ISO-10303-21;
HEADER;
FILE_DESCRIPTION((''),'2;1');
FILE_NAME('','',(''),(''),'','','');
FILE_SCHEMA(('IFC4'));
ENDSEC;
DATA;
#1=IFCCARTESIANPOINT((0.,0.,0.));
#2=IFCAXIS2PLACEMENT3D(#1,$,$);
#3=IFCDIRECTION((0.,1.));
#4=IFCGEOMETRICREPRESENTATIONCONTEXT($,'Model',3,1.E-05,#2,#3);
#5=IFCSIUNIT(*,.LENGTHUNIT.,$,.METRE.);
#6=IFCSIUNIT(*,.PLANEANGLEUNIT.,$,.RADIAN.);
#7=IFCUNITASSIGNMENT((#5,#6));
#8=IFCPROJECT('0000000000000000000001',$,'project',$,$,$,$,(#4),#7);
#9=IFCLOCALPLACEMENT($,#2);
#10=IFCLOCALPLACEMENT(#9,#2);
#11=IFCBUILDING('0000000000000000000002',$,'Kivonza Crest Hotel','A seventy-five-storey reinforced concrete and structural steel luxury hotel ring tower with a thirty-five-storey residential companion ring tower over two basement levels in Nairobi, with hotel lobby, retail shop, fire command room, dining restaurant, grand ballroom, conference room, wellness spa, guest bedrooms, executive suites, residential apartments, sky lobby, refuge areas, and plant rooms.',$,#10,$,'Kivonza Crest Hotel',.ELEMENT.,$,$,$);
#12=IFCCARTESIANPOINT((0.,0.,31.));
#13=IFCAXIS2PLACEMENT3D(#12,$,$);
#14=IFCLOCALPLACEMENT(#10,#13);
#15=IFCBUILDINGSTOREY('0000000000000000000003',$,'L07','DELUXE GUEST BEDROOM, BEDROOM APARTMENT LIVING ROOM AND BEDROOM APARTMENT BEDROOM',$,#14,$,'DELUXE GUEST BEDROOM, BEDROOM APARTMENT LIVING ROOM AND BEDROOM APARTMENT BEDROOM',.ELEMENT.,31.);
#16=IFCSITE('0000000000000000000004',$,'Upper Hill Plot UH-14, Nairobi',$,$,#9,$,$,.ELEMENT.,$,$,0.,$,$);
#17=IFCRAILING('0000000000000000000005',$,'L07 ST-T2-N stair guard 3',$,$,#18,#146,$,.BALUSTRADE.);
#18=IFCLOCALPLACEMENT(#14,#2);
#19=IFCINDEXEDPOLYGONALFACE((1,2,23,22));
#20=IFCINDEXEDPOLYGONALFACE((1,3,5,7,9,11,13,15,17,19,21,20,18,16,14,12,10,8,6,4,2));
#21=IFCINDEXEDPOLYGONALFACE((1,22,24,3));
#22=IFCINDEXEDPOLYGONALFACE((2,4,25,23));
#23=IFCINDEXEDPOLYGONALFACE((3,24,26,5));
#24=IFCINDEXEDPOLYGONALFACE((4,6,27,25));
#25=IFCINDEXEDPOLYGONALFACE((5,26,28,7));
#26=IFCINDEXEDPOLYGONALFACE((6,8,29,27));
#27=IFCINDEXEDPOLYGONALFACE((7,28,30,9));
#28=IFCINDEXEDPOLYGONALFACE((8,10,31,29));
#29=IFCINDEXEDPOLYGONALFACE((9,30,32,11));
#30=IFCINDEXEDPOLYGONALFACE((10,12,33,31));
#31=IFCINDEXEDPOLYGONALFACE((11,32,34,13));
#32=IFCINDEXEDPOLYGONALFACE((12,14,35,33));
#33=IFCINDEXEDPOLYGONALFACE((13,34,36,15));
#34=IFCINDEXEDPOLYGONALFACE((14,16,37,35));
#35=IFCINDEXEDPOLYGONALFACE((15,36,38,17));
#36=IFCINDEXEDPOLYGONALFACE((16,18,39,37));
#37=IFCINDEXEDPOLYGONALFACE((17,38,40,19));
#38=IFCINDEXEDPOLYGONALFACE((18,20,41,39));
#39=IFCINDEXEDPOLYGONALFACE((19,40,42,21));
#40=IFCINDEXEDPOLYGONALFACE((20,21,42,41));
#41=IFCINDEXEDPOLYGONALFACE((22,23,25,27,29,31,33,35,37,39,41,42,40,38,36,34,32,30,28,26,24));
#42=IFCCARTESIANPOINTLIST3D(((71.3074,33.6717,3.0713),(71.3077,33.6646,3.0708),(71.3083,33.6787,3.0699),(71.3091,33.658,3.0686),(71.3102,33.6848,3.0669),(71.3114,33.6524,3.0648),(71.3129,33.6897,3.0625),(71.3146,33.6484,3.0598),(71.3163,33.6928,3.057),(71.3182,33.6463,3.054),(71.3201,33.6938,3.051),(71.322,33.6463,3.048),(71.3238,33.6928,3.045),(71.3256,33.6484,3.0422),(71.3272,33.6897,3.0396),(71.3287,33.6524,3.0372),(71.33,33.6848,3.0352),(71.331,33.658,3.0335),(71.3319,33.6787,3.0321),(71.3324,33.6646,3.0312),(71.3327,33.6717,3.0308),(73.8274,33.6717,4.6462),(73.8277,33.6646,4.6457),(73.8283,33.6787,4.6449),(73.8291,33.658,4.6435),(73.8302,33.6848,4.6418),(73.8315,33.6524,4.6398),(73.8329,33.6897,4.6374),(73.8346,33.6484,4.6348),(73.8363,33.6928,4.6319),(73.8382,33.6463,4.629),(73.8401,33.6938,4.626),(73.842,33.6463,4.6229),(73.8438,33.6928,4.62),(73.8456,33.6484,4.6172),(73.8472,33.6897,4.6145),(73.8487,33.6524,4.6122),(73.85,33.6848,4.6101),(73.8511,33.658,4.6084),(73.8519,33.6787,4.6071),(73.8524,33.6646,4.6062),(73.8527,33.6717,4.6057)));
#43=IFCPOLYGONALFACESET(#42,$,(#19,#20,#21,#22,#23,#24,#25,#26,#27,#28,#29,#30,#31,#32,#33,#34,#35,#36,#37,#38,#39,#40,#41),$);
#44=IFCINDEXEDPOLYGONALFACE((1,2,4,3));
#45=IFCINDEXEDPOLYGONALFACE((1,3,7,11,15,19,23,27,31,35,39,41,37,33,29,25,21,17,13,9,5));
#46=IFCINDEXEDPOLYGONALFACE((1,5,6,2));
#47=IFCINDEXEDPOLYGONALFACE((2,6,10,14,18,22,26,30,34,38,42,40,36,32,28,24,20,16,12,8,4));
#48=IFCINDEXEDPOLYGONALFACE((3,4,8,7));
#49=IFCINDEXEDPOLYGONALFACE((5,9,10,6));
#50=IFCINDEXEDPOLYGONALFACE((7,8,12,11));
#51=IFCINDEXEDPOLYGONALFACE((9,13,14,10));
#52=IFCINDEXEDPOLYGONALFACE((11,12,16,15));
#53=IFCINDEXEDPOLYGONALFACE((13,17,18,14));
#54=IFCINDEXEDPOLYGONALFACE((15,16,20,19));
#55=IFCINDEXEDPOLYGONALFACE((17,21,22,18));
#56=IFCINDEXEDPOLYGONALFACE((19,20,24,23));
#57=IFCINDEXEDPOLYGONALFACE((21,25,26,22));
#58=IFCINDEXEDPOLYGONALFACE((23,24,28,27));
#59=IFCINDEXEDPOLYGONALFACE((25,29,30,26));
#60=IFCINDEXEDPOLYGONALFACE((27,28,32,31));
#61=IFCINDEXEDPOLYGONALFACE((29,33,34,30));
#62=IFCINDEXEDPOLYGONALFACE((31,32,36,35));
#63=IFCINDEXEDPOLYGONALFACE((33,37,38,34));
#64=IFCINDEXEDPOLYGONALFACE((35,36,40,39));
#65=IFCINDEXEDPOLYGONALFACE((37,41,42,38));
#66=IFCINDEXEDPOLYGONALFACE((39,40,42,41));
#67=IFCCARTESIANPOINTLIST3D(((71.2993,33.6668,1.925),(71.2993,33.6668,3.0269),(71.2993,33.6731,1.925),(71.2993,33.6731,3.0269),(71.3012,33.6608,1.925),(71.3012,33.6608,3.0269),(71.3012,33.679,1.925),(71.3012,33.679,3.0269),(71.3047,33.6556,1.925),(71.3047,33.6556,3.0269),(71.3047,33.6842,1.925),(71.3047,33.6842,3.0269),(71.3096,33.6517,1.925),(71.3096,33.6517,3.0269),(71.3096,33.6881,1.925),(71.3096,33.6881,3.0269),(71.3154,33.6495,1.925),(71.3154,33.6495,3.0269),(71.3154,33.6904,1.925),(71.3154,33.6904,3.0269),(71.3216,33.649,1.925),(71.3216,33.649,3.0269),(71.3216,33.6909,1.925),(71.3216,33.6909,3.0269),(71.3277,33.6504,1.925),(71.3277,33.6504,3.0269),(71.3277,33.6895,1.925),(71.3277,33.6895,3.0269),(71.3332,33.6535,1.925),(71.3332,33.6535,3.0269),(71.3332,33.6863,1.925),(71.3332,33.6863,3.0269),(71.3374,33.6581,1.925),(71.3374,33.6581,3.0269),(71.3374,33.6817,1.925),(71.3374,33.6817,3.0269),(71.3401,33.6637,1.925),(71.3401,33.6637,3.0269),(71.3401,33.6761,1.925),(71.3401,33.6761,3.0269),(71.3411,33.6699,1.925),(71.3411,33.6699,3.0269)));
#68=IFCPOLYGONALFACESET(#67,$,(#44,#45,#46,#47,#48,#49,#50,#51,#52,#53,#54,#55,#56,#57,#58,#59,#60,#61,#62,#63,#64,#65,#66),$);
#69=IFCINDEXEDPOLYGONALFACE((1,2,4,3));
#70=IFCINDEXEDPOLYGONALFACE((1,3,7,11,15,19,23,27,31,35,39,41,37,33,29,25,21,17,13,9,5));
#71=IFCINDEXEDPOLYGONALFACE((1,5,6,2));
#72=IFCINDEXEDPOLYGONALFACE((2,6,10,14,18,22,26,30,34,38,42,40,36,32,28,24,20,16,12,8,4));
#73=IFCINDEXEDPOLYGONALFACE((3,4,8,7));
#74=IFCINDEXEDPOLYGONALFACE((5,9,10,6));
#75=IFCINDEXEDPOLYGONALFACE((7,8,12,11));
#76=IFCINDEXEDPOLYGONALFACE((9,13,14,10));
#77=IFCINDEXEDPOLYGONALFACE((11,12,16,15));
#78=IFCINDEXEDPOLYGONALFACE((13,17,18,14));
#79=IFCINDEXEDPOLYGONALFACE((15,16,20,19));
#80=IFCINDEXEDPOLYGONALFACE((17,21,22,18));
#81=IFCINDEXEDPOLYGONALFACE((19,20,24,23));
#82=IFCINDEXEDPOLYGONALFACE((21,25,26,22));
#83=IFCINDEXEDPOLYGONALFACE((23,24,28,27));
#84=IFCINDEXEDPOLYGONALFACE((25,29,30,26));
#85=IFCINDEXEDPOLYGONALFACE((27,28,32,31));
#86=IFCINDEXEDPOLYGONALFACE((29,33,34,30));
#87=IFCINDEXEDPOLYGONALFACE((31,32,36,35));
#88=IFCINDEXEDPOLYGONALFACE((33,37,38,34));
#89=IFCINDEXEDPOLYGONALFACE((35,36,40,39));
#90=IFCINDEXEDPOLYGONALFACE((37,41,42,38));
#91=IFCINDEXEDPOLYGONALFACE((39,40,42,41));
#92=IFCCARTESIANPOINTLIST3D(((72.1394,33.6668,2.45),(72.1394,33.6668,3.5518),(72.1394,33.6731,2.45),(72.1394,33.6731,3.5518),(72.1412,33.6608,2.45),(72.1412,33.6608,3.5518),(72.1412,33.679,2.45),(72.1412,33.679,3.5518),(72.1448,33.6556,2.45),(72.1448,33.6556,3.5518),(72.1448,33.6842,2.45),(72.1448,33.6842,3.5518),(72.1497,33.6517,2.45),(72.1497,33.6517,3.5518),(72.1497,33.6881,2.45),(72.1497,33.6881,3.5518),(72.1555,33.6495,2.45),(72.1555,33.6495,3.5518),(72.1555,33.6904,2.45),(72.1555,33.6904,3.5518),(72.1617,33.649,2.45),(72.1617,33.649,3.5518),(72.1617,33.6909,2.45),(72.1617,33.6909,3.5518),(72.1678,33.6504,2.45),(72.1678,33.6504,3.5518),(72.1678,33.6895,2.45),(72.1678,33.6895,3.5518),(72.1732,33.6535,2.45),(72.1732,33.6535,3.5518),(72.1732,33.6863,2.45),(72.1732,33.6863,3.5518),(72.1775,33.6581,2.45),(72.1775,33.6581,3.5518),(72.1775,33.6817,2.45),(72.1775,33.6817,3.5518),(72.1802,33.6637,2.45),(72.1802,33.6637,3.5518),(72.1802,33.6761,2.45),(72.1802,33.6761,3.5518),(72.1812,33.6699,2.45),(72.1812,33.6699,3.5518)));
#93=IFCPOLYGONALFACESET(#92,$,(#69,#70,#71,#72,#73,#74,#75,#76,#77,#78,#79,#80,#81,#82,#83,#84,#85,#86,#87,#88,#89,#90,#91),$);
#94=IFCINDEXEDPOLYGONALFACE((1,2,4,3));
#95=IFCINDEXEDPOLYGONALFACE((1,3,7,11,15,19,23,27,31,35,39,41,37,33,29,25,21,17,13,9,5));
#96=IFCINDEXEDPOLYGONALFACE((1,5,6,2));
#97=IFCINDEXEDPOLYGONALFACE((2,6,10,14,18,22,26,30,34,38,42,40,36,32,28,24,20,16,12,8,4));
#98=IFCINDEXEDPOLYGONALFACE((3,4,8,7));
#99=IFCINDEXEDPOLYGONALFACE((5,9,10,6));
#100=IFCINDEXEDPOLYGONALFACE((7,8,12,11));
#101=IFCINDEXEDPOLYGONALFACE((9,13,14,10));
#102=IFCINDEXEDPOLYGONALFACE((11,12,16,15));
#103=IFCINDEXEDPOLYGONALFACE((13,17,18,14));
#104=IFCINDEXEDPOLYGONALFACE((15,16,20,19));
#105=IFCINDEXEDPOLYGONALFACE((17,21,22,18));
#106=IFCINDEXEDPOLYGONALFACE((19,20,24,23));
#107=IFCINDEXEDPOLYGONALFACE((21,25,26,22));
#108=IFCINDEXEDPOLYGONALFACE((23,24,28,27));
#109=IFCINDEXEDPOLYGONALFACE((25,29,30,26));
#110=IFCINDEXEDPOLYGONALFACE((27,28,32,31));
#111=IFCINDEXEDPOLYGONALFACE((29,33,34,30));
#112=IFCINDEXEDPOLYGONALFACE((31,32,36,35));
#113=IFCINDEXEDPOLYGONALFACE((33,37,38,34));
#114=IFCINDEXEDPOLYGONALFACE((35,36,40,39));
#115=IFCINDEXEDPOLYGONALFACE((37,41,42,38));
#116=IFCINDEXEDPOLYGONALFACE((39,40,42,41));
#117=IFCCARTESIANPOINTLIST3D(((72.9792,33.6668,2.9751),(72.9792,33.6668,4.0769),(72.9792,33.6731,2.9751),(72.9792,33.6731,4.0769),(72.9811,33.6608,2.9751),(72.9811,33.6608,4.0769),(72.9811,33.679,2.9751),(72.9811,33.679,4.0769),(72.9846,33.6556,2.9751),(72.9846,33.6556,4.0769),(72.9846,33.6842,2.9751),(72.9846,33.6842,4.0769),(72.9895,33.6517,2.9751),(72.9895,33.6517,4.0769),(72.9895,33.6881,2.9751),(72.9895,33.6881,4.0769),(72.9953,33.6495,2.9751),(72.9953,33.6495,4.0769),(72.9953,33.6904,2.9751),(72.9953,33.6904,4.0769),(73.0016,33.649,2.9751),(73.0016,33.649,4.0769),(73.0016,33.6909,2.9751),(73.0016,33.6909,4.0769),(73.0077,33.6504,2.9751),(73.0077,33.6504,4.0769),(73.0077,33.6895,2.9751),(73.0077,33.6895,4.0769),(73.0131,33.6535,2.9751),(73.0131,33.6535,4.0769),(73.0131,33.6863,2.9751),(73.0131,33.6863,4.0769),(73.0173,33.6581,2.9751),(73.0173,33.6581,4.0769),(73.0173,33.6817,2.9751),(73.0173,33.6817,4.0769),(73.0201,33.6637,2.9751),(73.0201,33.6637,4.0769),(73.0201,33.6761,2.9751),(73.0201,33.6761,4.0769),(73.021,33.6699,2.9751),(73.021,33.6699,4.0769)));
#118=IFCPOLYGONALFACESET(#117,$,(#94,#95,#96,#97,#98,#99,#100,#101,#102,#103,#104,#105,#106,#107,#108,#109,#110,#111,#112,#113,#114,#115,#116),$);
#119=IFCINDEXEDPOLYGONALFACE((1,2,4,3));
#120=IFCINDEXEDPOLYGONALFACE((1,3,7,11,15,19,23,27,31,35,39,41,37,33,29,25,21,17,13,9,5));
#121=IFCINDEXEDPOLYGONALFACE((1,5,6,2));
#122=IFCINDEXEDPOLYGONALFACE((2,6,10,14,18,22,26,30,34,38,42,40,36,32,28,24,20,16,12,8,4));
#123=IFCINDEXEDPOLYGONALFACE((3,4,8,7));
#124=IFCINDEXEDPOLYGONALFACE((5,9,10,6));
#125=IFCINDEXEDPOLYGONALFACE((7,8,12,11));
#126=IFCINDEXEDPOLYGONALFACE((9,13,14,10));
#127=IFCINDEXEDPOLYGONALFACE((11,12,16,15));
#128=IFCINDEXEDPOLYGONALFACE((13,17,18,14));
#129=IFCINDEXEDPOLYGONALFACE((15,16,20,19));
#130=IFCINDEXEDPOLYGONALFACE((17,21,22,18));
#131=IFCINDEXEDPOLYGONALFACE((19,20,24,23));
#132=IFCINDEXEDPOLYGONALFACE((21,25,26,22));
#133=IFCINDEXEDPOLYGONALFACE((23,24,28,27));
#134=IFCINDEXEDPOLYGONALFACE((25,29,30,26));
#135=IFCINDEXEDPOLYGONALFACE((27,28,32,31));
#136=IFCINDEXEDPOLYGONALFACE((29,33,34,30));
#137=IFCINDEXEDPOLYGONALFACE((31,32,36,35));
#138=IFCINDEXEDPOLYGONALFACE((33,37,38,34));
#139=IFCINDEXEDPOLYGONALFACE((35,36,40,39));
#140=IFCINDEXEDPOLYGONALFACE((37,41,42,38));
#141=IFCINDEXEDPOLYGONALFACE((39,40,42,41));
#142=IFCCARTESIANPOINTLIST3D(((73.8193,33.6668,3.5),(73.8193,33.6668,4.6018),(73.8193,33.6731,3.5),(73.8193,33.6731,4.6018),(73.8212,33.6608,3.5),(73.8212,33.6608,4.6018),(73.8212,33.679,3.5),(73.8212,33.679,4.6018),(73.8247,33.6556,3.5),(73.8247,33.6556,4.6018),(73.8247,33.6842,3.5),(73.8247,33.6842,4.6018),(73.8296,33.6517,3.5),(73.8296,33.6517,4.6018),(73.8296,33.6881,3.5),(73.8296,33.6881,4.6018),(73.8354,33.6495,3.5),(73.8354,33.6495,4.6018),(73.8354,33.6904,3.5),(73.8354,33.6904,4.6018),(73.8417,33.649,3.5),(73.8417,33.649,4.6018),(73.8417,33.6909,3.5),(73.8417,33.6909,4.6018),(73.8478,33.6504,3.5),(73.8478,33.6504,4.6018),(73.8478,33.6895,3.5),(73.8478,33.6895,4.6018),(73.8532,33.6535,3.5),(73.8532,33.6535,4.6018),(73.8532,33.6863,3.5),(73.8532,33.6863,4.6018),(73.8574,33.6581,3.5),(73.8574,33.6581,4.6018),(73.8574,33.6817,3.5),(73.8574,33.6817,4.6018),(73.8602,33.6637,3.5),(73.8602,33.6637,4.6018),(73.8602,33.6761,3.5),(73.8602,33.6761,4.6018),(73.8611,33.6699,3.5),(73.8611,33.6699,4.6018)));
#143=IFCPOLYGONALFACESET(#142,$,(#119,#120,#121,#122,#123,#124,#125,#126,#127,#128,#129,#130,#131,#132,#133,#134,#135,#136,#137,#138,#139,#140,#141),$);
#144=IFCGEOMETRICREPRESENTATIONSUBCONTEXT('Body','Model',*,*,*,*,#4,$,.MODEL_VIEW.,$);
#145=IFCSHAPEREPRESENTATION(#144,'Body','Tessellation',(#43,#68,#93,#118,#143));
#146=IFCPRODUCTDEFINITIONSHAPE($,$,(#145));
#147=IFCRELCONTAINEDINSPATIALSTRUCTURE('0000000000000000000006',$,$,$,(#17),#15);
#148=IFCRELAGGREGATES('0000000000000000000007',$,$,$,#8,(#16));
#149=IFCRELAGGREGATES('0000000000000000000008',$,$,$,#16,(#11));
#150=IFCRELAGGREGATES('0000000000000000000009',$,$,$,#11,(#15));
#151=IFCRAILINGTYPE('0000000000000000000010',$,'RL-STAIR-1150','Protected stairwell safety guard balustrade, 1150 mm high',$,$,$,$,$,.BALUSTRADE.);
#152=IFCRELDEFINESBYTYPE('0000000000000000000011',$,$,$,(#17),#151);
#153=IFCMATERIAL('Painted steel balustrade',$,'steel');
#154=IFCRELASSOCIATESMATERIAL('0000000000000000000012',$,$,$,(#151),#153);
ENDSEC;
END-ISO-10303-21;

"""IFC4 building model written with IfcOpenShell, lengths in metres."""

from ifc_helpers import new_model, si_unit, direction, frame, origin, origin_2d, place, context, subcontext, project, spatial, circle, extrude, material, type_object, element, save


model = new_model("IFC4")

# Units and contexts
model_context = context("Model", 3, precision=1e-05, world=origin(), true_north=direction((0.0, 1.0)))
body_context = subcontext(model_context, "Body", "Model", "MODEL_VIEW")
ifc_project = project(units=[si_unit("LENGTHUNIT", "METRE"), si_unit("PLANEANGLEUNIT", "RADIAN")], contexts=[model_context])

# Site, building, storey
site_placement = place(None, origin())
site = spatial("IfcSite", under=ifc_project, at=site_placement, Name="Upper Hill Plot UH-14, Nairobi", CompositionType="ELEMENT", RefElevation=0.0)
building_placement = place(site_placement, origin())
building = spatial("IfcBuilding", under=site, at=building_placement, Name="Kivonza Crest Hotel", Description="A seventy-five-storey reinforced concrete and structural steel luxury hotel ring tower with a thirty-five-storey residential companion ring tower over two basement levels in Nairobi, with hotel lobby, retail shop, fire command room, dining restaurant, grand ballroom, conference room, wellness spa, guest bedrooms, executive suites, residential apartments, sky lobby, refuge areas, and plant rooms.", LongName="Kivonza Crest Hotel", CompositionType="ELEMENT")
storey_placement = place(building_placement, frame((0.0, 0.0, 31.0)))
storey = spatial("IfcBuildingStorey", under=building, at=storey_placement, Name="L07", Description="DELUXE GUEST BEDROOM, BEDROOM APARTMENT LIVING ROOM AND BEDROOM APARTMENT BEDROOM", LongName="DELUXE GUEST BEDROOM, BEDROOM APARTMENT LIVING ROOM AND BEDROOM APARTMENT BEDROOM", CompositionType="ELEMENT", Elevation=31.0)

# Railing
ifc_material_1 = material(Name="Painted steel balustrade", Category="steel")
railing_type_1 = type_object("IfcRailingType", Name="RL-STAIR-1150", Description="Protected stairwell safety guard balustrade, 1150 mm high", PredefinedType="BALUSTRADE", material=ifc_material_1)
railing_1_placement = place(storey_placement, frame((71.3201, 33.6699, 1.925)))
element("IfcRailing", 1, at=railing_1_placement, inside=storey, type_object=railing_type_1, Name="L07 ST-T2-N stair guard 3", PredefinedType="BALUSTRADE", context=body_context, shape_type="SweptSolid", body=[
    extrude(circle(Radius=0.0239, at=origin_2d()), frame((0.0, 0.0, 1.126), z_axis=(0.848008, 0.0, 0.529984), x_axis=(0.0, 1.0, 0.0)), (0.0, 0.0, 1.0), 2.9717),
    extrude(circle(Radius=0.021, at=origin_2d()), origin(), (0.0, 0.0, 1.0), 1.1018),
    extrude(circle(Radius=0.021, at=origin_2d()), frame((0.8401, 0.0, 0.5249)), (0.0, 0.0, 1.0), 1.1018),
    extrude(circle(Radius=0.021, at=origin_2d()), frame((1.6799, 0.0, 1.05)), (0.0, 0.0, 1.0), 1.1018),
    extrude(circle(Radius=0.021, at=origin_2d()), frame((2.52, 0.0, 1.575)), (0.0, 0.0, 1.0), 1.1018),
])

save(model, "model.ifc")
